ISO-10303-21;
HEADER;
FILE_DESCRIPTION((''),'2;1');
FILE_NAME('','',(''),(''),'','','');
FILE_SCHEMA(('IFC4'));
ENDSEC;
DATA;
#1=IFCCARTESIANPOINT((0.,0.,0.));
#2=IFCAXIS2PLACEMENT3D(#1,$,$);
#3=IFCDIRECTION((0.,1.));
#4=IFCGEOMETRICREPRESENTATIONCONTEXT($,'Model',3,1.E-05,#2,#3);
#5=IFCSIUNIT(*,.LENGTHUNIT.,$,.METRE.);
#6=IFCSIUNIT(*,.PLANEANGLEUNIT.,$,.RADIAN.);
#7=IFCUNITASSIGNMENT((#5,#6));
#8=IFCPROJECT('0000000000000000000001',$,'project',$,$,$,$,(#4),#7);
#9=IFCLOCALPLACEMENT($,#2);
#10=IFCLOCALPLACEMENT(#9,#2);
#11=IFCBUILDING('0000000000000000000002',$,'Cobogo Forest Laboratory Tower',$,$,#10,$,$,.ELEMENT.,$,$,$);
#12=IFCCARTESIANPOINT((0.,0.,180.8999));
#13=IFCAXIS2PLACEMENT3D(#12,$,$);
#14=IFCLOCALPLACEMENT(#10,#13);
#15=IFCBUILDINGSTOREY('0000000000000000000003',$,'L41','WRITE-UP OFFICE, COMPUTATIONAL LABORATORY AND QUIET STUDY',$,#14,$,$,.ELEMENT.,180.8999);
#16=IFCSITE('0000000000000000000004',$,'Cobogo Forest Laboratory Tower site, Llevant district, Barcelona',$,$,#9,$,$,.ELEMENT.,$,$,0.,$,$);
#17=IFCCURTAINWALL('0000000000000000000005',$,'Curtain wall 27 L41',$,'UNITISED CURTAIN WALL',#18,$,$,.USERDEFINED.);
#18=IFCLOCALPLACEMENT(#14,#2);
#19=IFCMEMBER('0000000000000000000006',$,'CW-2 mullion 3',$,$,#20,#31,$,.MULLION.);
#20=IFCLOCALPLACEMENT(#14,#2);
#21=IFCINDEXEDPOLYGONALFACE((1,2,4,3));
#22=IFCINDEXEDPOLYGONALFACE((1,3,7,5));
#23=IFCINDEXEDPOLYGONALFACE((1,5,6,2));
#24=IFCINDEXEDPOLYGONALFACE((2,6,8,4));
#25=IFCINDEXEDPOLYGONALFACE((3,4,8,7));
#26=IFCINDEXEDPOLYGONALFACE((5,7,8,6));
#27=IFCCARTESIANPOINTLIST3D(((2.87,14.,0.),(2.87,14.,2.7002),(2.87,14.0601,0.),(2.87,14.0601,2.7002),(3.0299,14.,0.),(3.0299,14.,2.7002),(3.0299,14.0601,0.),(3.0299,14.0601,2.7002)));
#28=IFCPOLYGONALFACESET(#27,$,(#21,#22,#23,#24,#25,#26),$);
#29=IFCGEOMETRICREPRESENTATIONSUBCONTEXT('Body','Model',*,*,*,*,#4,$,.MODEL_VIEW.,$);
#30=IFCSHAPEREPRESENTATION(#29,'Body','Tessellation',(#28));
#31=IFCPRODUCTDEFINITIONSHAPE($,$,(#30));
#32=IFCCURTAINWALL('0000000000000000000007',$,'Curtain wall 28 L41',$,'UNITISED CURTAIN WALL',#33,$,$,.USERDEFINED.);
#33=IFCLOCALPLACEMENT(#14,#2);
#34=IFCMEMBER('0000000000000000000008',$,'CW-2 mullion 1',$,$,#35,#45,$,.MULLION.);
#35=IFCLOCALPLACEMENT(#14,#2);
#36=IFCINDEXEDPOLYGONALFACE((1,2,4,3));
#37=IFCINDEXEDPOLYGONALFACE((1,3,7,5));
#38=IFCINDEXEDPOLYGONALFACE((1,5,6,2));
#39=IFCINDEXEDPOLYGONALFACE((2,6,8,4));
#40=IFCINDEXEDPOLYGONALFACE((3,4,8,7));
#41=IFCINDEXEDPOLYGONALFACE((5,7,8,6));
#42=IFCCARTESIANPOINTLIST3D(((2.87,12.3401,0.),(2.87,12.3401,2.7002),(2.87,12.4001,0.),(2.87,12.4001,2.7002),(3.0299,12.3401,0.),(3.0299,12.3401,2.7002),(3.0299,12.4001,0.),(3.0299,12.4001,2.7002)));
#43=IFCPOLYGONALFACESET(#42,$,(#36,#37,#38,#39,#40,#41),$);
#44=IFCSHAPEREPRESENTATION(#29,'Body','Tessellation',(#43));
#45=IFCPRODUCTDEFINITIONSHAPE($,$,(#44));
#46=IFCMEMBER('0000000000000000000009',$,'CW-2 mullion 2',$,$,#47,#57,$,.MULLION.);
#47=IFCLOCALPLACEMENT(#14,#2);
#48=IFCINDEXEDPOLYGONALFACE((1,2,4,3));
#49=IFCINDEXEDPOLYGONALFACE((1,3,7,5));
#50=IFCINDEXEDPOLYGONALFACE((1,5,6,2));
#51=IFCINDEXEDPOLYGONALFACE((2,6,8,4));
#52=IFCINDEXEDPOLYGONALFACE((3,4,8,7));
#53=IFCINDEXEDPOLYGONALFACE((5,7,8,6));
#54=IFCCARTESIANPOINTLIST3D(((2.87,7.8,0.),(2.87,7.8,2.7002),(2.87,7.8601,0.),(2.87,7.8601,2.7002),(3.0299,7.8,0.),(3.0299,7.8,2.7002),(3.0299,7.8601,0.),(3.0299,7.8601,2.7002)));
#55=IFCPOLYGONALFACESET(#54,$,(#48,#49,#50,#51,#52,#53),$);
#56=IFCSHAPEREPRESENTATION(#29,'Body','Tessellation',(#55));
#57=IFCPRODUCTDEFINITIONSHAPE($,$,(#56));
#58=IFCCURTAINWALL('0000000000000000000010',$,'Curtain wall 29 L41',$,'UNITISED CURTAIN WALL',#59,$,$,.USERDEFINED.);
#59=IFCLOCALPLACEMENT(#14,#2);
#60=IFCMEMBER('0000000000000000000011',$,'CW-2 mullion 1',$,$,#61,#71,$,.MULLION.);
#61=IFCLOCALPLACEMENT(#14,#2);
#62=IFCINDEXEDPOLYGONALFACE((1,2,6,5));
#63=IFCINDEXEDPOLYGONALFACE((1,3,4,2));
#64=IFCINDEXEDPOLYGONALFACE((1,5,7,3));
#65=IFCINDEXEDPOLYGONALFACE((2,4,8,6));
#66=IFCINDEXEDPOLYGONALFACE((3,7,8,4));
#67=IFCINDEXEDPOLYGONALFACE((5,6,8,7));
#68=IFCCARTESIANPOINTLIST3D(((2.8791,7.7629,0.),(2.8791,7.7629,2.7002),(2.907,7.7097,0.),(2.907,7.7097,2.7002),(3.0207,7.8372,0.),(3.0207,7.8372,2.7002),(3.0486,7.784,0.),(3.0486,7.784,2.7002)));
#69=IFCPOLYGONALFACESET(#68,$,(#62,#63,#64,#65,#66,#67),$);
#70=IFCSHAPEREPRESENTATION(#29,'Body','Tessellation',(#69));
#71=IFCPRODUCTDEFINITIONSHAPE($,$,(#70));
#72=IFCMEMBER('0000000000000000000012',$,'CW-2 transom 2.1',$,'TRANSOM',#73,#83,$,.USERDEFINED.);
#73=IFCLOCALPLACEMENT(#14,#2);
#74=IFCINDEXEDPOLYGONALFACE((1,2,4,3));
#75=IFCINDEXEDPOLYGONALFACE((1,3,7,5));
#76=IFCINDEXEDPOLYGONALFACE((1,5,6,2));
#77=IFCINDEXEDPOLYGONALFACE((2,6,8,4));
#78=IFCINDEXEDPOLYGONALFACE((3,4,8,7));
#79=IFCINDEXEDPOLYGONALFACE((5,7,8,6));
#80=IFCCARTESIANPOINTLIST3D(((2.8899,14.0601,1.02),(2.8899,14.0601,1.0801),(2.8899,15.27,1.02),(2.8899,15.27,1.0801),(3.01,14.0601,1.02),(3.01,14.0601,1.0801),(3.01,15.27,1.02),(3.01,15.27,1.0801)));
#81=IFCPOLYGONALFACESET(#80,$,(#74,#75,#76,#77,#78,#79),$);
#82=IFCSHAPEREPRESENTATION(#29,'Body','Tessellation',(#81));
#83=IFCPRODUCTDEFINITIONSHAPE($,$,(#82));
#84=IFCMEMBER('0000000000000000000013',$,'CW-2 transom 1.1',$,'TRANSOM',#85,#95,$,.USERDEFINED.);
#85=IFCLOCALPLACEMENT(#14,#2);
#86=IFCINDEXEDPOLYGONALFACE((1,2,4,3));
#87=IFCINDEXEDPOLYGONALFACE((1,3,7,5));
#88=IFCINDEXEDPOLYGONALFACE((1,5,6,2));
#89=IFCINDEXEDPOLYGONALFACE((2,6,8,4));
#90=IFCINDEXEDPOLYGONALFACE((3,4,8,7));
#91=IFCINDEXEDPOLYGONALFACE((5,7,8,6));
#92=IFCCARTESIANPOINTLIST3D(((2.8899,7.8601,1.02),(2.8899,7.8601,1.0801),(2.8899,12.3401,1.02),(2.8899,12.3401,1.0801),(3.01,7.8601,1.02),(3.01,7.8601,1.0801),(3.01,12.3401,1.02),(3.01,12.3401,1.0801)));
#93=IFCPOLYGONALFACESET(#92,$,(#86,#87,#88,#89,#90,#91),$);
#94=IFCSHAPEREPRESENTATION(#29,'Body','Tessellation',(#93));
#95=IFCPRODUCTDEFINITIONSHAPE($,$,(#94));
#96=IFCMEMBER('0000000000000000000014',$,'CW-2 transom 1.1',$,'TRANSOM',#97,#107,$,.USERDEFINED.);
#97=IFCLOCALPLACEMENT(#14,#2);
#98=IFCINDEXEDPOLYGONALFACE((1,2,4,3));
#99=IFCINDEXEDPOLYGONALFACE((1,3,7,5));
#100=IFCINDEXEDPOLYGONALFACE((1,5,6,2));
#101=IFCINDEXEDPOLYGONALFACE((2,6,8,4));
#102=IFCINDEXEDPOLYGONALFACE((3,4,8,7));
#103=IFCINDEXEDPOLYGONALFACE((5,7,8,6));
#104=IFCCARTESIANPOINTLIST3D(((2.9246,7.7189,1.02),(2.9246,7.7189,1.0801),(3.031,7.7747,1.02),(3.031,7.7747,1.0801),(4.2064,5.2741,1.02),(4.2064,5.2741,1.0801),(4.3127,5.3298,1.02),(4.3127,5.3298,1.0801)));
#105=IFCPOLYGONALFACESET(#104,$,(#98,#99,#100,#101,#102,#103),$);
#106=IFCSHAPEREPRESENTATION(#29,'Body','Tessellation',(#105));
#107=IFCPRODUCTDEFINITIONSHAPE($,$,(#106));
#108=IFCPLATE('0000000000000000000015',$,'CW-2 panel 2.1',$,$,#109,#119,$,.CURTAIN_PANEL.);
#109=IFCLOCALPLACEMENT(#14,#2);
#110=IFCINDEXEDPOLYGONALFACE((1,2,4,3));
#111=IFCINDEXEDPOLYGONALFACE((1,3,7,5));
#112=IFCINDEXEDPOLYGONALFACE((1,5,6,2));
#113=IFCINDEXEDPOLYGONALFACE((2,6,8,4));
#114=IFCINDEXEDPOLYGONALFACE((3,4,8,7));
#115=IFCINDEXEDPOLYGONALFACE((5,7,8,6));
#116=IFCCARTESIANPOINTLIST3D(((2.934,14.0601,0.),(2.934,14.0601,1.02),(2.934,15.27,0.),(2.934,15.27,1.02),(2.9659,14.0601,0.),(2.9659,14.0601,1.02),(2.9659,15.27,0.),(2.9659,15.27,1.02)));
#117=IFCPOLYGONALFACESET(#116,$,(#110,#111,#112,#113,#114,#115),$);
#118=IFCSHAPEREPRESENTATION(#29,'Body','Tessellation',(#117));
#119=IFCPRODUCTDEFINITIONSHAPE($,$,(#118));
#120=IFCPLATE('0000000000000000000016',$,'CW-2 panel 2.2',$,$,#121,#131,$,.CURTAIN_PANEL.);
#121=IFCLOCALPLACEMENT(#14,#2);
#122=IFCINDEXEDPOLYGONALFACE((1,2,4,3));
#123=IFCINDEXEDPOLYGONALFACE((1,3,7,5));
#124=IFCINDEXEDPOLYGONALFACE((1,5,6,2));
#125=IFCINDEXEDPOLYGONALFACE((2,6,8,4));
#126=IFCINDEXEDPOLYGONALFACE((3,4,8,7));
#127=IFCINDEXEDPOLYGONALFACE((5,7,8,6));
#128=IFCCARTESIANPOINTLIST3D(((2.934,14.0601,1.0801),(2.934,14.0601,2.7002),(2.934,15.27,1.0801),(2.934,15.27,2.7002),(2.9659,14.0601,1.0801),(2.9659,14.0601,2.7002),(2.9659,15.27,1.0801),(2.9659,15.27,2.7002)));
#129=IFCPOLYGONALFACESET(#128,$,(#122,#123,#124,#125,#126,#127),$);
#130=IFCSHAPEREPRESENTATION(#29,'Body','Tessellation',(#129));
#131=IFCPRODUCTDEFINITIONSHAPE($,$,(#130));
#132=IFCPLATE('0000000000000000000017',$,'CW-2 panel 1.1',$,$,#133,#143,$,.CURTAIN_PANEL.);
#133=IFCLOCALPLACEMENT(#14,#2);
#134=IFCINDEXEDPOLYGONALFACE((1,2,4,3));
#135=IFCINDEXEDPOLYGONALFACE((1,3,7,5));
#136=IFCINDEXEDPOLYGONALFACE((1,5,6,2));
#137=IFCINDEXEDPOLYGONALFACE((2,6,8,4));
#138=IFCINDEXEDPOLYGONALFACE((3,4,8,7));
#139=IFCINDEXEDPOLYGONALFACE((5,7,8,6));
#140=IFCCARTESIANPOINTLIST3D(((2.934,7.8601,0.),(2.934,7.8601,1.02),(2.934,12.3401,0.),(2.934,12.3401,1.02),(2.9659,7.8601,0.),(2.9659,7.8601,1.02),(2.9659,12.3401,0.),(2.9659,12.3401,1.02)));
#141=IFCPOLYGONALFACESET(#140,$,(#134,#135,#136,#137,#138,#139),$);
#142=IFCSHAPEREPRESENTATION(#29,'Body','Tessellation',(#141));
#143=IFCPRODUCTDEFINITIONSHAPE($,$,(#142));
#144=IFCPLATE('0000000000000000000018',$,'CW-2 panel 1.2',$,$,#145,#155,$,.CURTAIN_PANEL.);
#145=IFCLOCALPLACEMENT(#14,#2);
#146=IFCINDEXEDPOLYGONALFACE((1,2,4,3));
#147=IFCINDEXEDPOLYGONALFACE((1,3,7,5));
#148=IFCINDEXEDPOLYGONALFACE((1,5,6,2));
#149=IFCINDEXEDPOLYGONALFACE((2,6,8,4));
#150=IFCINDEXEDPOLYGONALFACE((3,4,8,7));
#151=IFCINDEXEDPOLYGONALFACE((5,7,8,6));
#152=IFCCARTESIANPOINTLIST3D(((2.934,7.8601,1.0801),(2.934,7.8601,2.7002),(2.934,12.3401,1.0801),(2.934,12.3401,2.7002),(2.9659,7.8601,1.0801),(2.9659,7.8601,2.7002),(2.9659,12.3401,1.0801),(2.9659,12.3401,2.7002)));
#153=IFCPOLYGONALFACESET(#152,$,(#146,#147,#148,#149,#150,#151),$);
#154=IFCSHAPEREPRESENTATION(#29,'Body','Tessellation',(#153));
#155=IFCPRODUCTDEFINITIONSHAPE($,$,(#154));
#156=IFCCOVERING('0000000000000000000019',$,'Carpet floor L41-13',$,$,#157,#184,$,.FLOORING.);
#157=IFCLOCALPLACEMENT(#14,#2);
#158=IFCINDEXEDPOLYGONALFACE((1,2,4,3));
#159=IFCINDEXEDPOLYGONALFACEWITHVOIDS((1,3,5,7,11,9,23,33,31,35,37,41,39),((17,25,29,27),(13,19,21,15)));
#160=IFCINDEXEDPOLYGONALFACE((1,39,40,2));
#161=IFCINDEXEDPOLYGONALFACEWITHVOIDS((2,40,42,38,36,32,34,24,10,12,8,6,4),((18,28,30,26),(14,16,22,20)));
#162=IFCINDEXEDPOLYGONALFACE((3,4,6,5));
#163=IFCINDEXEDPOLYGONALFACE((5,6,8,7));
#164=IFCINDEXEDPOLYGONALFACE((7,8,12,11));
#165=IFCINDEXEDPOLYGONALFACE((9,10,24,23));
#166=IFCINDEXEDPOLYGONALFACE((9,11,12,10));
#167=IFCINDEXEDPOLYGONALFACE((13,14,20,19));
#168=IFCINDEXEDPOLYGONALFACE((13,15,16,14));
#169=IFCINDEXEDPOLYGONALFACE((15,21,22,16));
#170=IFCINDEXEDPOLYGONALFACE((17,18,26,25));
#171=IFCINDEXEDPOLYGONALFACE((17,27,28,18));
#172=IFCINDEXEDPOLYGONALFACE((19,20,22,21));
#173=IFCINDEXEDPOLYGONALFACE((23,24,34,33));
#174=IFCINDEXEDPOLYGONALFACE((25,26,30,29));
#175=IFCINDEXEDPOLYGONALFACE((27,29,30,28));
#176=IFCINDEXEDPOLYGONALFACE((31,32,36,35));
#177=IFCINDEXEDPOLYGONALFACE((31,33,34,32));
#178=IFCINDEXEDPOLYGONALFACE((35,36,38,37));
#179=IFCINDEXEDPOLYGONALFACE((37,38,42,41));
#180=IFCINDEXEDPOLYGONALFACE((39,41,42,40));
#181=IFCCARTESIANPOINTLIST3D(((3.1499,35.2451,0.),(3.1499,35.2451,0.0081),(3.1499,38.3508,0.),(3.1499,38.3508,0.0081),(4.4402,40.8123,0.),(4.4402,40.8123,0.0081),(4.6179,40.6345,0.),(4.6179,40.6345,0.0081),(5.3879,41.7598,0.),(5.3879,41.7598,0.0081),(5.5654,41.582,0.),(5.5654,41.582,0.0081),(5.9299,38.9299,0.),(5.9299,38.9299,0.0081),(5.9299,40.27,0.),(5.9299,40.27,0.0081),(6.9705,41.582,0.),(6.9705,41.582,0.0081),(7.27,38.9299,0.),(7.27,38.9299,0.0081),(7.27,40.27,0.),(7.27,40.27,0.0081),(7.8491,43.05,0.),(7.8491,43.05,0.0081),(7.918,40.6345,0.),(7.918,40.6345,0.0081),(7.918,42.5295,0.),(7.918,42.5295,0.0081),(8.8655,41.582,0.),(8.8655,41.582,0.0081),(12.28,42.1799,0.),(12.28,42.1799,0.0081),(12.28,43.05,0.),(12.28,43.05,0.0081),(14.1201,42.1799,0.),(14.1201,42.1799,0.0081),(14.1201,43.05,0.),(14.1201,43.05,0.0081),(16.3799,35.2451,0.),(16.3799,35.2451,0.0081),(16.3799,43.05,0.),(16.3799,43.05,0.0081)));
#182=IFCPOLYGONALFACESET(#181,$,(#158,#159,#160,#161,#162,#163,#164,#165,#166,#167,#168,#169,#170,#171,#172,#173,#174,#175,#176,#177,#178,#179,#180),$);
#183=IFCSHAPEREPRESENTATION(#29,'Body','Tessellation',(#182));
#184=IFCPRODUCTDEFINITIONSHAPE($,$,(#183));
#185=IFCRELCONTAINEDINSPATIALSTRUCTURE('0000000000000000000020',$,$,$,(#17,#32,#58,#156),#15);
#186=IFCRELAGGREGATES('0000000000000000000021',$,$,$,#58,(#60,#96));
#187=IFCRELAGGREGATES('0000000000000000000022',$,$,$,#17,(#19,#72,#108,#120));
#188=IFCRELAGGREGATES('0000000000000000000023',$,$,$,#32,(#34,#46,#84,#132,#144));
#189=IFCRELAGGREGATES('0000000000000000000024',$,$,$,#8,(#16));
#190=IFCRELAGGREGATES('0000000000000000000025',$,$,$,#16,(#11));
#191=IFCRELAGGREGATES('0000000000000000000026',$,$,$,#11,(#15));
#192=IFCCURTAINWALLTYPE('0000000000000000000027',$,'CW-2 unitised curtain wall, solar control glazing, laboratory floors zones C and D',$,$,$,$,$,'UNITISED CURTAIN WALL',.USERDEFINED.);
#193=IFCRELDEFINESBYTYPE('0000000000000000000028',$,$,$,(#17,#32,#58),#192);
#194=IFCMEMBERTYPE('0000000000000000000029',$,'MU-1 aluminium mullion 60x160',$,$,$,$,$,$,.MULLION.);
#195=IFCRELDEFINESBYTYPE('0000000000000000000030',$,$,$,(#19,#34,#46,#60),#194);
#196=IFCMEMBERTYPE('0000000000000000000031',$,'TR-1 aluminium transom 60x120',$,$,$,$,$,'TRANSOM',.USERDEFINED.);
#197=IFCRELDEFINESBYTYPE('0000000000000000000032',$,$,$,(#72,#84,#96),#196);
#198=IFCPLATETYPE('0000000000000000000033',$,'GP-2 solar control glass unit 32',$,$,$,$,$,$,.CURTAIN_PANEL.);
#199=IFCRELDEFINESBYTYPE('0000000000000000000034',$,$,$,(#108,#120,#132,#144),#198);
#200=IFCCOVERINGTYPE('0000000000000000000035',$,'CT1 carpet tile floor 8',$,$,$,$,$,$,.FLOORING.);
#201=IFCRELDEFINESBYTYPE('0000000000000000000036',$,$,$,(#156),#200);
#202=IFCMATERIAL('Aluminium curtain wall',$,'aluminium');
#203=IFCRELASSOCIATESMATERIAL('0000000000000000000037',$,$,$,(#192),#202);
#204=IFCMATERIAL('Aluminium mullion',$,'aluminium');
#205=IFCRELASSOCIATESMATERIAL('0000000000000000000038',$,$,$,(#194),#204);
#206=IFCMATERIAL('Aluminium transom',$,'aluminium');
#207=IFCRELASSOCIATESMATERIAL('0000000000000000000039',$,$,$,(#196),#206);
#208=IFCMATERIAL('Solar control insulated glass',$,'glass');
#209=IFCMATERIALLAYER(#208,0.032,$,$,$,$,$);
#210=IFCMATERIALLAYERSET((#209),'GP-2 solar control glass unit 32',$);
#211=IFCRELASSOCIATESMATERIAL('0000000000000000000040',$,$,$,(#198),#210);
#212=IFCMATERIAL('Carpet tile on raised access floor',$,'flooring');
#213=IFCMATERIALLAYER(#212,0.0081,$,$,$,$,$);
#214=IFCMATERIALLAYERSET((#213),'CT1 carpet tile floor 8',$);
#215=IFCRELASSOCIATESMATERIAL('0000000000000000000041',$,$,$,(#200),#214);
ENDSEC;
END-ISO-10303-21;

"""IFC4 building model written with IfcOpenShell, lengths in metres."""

from ifc_helpers import new_model, si_unit, direction, frame, origin, origin_2d, place, context, subcontext, project, spatial, polyline, rectangle, outline, extrude, material, layer, layer_set, material_profile, profile_set, type_object, element, aggregate, save


model = new_model("IFC4")

# Units and contexts
model_context = context("Model", 3, precision=1e-05, world=origin(), true_north=direction((0.0, 1.0)))
body_context = subcontext(model_context, "Body", "Model", "MODEL_VIEW")
ifc_project = project(units=[si_unit("LENGTHUNIT", "METRE"), si_unit("PLANEANGLEUNIT", "RADIAN")], contexts=[model_context])

# Site, building, storey
site_placement = place(None, origin())
site = spatial("IfcSite", under=ifc_project, at=site_placement, Name="Cobogo Forest Laboratory Tower site, Llevant district, Barcelona", CompositionType="ELEMENT", RefElevation=0.0)
building_placement = place(site_placement, origin())
building = spatial("IfcBuilding", under=site, at=building_placement, Name="Cobogo Forest Laboratory Tower", CompositionType="ELEMENT")
storey_placement = place(building_placement, frame((0.0, 0.0, 180.8999)))
storey = spatial("IfcBuildingStorey", under=building, at=storey_placement, Name="L41", Description="WRITE-UP OFFICE, COMPUTATIONAL LABORATORY AND QUIET STUDY", CompositionType="ELEMENT", Elevation=180.8999)

# Curtain wall, member
ifc_material_1 = material(Name="Aluminium curtain wall", Category="aluminium")
curtain_wall_type = type_object("IfcCurtainWallType", Name="CW-2 unitised curtain wall, solar control glazing, laboratory floors zones C and D", ElementType="UNITISED CURTAIN WALL", PredefinedType="USERDEFINED", material=ifc_material_1)
curtain_wall_1_placement = place(storey_placement, origin())
curtain_wall_1 = element("IfcCurtainWall", 1, at=curtain_wall_1_placement, inside=storey, type_object=curtain_wall_type, Name="Curtain wall 27 L41", ObjectType="UNITISED CURTAIN WALL", PredefinedType="USERDEFINED")
ifc_material_2 = material(Name="Aluminium mullion", Category="aluminium")
ifc_material_profile_1 = material_profile(ifc_material_2, rectangle(XDim=0.0601, YDim=0.1599, at=origin_2d()), Name="AL 60x160")
ifc_profile_set_1 = profile_set([ifc_material_profile_1], Name="Aluminium mullion")
member_type_1 = type_object("IfcMemberType", Name="MU-1 aluminium mullion 60x160", PredefinedType="MULLION", material=ifc_profile_set_1)
member_1_placement = place(storey_placement, frame((2.95, 14.03, 0.0), z_axis=(0.0, 0.0, 1.0), x_axis=(0.0, -1.0, 0.0)))
member_1 = element("IfcMember", 2, at=member_1_placement, type_object=member_type_1, Name="CW-2 mullion 3", PredefinedType="MULLION", context=body_context, shape_type="SweptSolid", body=[
    extrude(rectangle(XDim=0.0601, YDim=0.1599, at=origin_2d()), origin(), (0.0, 0.0, 1.0), 2.7002),
])

# Curtain wall, members
curtain_wall_2_placement = place(storey_placement, origin())
curtain_wall_2 = element("IfcCurtainWall", 3, at=curtain_wall_2_placement, inside=storey, type_object=curtain_wall_type, Name="Curtain wall 28 L41", ObjectType="UNITISED CURTAIN WALL", PredefinedType="USERDEFINED")
member_2_placement = place(storey_placement, frame((2.95, 12.3701, 0.0), z_axis=(0.0, 0.0, 1.0), x_axis=(0.0, -1.0, 0.0)))
member_2 = element("IfcMember", 4, at=member_2_placement, type_object=member_type_1, Name="CW-2 mullion 1", PredefinedType="MULLION", context=body_context, shape_type="SweptSolid", body=[
    extrude(rectangle(XDim=0.0601, YDim=0.1599, at=origin_2d()), origin(), (0.0, 0.0, 1.0), 2.7002),
])
member_3_placement = place(storey_placement, frame((2.95, 7.8301, 0.0), z_axis=(0.0, 0.0, 1.0), x_axis=(0.0, -1.0, 0.0)))
member_3 = element("IfcMember", 5, at=member_3_placement, type_object=member_type_1, Name="CW-2 mullion 2", PredefinedType="MULLION", context=body_context, shape_type="SweptSolid", body=[
    extrude(rectangle(XDim=0.0601, YDim=0.1599, at=origin_2d()), origin(), (0.0, 0.0, 1.0), 2.7002),
])

# Curtain wall, member
curtain_wall_3_placement = place(storey_placement, origin())
curtain_wall_3 = element("IfcCurtainWall", 6, at=curtain_wall_3_placement, inside=storey, type_object=curtain_wall_type, Name="Curtain wall 29 L41", ObjectType="UNITISED CURTAIN WALL", PredefinedType="USERDEFINED")
member_4_placement = place(storey_placement, frame((2.9639, 7.7734, 0.0), z_axis=(0.0, 0.0, 1.0), x_axis=(0.464284, -0.885686, 0.0)))
member_4 = element("IfcMember", 7, at=member_4_placement, type_object=member_type_1, Name="CW-2 mullion 1", PredefinedType="MULLION", context=body_context, shape_type="SweptSolid", body=[
    extrude(rectangle(XDim=0.0601, YDim=0.1599, at=origin_2d()), origin(), (0.0, 0.0, 1.0), 2.7002),
])

# Members
ifc_material_3 = material(Name="Aluminium transom", Category="aluminium")
ifc_material_profile_2 = material_profile(ifc_material_3, rectangle(XDim=0.1201, YDim=0.0601, at=origin_2d()), Name="AL 60x120")
ifc_profile_set_2 = profile_set([ifc_material_profile_2], Name="Aluminium transom")
member_type_2 = type_object("IfcMemberType", Name="TR-1 aluminium transom 60x120", ElementType="TRANSOM", PredefinedType="USERDEFINED", material=ifc_profile_set_2)
member_5_placement = place(storey_placement, frame((2.95, 15.27, 1.05), z_axis=(0.0, -1.0, 0.0), x_axis=(1.0, 0.0, 0.0)))
member_5 = element("IfcMember", 8, at=member_5_placement, type_object=member_type_2, Name="CW-2 transom 2.1", ObjectType="TRANSOM", PredefinedType="USERDEFINED", context=body_context, shape_type="SweptSolid", body=[
    extrude(rectangle(XDim=0.1201, YDim=0.0601, at=origin_2d()), origin(), (0.0, 0.0, 1.0), 1.21),
])
member_6_placement = place(storey_placement, frame((2.95, 12.3401, 1.05), z_axis=(0.0, -1.0, 0.0), x_axis=(1.0, 0.0, 0.0)))
member_6 = element("IfcMember", 9, at=member_6_placement, type_object=member_type_2, Name="CW-2 transom 1.1", ObjectType="TRANSOM", PredefinedType="USERDEFINED", context=body_context, shape_type="SweptSolid", body=[
    extrude(rectangle(XDim=0.1201, YDim=0.0601, at=origin_2d()), origin(), (0.0, 0.0, 1.0), 4.48),
])
member_7_placement = place(storey_placement, frame((2.9778, 7.7468, 1.05), z_axis=(0.464324, -0.885665, 0.0), x_axis=(0.885665, 0.464324, 0.0)))
member_7 = element("IfcMember", 10, at=member_7_placement, type_object=member_type_2, Name="CW-2 transom 1.1", ObjectType="TRANSOM", PredefinedType="USERDEFINED", context=body_context, shape_type="SweptSolid", body=[
    extrude(rectangle(XDim=0.1201, YDim=0.0601, at=origin_2d()), origin(), (0.0, 0.0, 1.0), 2.7605),
])
aggregate(curtain_wall_3, [member_4, member_7])

# Plates
ifc_material_4 = material(Name="Solar control insulated glass", Category="glass")
ifc_layer_1 = layer(ifc_material_4, 0.032)
ifc_layer_set_1 = layer_set([ifc_layer_1], Name="GP-2 solar control glass unit 32")
plate_type_1 = type_object("IfcPlateType", Name="GP-2 solar control glass unit 32", PredefinedType="CURTAIN_PANEL", material=ifc_layer_set_1)
plate_1_placement = place(storey_placement, frame((2.95, 14.665, 0.0), z_axis=(0.0, 0.0, 1.0), x_axis=(0.0, -1.0, 0.0)))
plate_1 = element("IfcPlate", 11, at=plate_1_placement, type_object=plate_type_1, Name="CW-2 panel 2.1", PredefinedType="CURTAIN_PANEL", context=body_context, shape_type="SweptSolid", body=[
    extrude(rectangle(XDim=1.21, YDim=0.032, at=origin_2d()), origin(), (0.0, 0.0, 1.0), 1.02),
])
plate_2_placement = place(storey_placement, frame((2.95, 14.665, 1.0801), z_axis=(0.0, 0.0, 1.0), x_axis=(0.0, -1.0, 0.0)))
plate_2 = element("IfcPlate", 12, at=plate_2_placement, type_object=plate_type_1, Name="CW-2 panel 2.2", PredefinedType="CURTAIN_PANEL", context=body_context, shape_type="SweptSolid", body=[
    extrude(rectangle(XDim=1.21, YDim=0.032, at=origin_2d()), origin(), (0.0, 0.0, 1.0), 1.6201),
])
aggregate(curtain_wall_1, [member_1, member_5, plate_1, plate_2])
plate_3_placement = place(storey_placement, frame((2.95, 10.1001, 0.0), z_axis=(0.0, 0.0, 1.0), x_axis=(0.0, -1.0, 0.0)))
plate_3 = element("IfcPlate", 13, at=plate_3_placement, type_object=plate_type_1, Name="CW-2 panel 1.1", PredefinedType="CURTAIN_PANEL", context=body_context, shape_type="SweptSolid", body=[
    extrude(rectangle(XDim=4.48, YDim=0.032, at=origin_2d()), origin(), (0.0, 0.0, 1.0), 1.02),
])
plate_4_placement = place(storey_placement, frame((2.95, 10.1001, 1.0801), z_axis=(0.0, 0.0, 1.0), x_axis=(0.0, -1.0, 0.0)))
plate_4 = element("IfcPlate", 14, at=plate_4_placement, type_object=plate_type_1, Name="CW-2 panel 1.2", PredefinedType="CURTAIN_PANEL", context=body_context, shape_type="SweptSolid", body=[
    extrude(rectangle(XDim=4.48, YDim=0.032, at=origin_2d()), origin(), (0.0, 0.0, 1.0), 1.6201),
])
aggregate(curtain_wall_2, [member_2, member_3, member_6, plate_3, plate_4])

# Covering
ifc_material_5 = material(Name="Carpet tile on raised access floor", Category="flooring")
ifc_layer_2 = layer(ifc_material_5, 0.0081)
ifc_layer_set_2 = layer_set([ifc_layer_2], Name="CT1 carpet tile floor 8")
covering_type_1 = type_object("IfcCoveringType", Name="CT1 carpet tile floor 8", PredefinedType="FLOORING", material=ifc_layer_set_2)
covering_1_placement = place(storey_placement, origin())
element("IfcCovering", 15, at=covering_1_placement, inside=storey, type_object=covering_type_1, Name="Carpet floor L41-13", PredefinedType="FLOORING", context=body_context, shape_type="SweptSolid", body=[
    extrude(outline(polyline([(3.1499, 35.2451), (3.1499, 38.3508), (4.4402, 40.8123), (4.6179, 40.6345), (5.5654, 41.582), (5.3879, 41.7598), (7.8491, 43.05), (12.28, 43.05), (12.28, 42.1799), (14.1201, 42.1799), (14.1201, 43.05), (16.3799, 43.05), (16.3799, 35.2451), (3.1499, 35.2451)]), holes=[polyline([(7.918, 40.6345), (8.8655, 41.582), (7.918, 42.5295), (6.9705, 41.582), (7.918, 40.6345)]), polyline([(5.9299, 38.9299), (7.27, 38.9299), (7.27, 40.27), (5.9299, 40.27), (5.9299, 38.9299)])]), origin(), (0.0, 0.0, 1.0), 0.0081),
])

save(model, "model.ifc")
